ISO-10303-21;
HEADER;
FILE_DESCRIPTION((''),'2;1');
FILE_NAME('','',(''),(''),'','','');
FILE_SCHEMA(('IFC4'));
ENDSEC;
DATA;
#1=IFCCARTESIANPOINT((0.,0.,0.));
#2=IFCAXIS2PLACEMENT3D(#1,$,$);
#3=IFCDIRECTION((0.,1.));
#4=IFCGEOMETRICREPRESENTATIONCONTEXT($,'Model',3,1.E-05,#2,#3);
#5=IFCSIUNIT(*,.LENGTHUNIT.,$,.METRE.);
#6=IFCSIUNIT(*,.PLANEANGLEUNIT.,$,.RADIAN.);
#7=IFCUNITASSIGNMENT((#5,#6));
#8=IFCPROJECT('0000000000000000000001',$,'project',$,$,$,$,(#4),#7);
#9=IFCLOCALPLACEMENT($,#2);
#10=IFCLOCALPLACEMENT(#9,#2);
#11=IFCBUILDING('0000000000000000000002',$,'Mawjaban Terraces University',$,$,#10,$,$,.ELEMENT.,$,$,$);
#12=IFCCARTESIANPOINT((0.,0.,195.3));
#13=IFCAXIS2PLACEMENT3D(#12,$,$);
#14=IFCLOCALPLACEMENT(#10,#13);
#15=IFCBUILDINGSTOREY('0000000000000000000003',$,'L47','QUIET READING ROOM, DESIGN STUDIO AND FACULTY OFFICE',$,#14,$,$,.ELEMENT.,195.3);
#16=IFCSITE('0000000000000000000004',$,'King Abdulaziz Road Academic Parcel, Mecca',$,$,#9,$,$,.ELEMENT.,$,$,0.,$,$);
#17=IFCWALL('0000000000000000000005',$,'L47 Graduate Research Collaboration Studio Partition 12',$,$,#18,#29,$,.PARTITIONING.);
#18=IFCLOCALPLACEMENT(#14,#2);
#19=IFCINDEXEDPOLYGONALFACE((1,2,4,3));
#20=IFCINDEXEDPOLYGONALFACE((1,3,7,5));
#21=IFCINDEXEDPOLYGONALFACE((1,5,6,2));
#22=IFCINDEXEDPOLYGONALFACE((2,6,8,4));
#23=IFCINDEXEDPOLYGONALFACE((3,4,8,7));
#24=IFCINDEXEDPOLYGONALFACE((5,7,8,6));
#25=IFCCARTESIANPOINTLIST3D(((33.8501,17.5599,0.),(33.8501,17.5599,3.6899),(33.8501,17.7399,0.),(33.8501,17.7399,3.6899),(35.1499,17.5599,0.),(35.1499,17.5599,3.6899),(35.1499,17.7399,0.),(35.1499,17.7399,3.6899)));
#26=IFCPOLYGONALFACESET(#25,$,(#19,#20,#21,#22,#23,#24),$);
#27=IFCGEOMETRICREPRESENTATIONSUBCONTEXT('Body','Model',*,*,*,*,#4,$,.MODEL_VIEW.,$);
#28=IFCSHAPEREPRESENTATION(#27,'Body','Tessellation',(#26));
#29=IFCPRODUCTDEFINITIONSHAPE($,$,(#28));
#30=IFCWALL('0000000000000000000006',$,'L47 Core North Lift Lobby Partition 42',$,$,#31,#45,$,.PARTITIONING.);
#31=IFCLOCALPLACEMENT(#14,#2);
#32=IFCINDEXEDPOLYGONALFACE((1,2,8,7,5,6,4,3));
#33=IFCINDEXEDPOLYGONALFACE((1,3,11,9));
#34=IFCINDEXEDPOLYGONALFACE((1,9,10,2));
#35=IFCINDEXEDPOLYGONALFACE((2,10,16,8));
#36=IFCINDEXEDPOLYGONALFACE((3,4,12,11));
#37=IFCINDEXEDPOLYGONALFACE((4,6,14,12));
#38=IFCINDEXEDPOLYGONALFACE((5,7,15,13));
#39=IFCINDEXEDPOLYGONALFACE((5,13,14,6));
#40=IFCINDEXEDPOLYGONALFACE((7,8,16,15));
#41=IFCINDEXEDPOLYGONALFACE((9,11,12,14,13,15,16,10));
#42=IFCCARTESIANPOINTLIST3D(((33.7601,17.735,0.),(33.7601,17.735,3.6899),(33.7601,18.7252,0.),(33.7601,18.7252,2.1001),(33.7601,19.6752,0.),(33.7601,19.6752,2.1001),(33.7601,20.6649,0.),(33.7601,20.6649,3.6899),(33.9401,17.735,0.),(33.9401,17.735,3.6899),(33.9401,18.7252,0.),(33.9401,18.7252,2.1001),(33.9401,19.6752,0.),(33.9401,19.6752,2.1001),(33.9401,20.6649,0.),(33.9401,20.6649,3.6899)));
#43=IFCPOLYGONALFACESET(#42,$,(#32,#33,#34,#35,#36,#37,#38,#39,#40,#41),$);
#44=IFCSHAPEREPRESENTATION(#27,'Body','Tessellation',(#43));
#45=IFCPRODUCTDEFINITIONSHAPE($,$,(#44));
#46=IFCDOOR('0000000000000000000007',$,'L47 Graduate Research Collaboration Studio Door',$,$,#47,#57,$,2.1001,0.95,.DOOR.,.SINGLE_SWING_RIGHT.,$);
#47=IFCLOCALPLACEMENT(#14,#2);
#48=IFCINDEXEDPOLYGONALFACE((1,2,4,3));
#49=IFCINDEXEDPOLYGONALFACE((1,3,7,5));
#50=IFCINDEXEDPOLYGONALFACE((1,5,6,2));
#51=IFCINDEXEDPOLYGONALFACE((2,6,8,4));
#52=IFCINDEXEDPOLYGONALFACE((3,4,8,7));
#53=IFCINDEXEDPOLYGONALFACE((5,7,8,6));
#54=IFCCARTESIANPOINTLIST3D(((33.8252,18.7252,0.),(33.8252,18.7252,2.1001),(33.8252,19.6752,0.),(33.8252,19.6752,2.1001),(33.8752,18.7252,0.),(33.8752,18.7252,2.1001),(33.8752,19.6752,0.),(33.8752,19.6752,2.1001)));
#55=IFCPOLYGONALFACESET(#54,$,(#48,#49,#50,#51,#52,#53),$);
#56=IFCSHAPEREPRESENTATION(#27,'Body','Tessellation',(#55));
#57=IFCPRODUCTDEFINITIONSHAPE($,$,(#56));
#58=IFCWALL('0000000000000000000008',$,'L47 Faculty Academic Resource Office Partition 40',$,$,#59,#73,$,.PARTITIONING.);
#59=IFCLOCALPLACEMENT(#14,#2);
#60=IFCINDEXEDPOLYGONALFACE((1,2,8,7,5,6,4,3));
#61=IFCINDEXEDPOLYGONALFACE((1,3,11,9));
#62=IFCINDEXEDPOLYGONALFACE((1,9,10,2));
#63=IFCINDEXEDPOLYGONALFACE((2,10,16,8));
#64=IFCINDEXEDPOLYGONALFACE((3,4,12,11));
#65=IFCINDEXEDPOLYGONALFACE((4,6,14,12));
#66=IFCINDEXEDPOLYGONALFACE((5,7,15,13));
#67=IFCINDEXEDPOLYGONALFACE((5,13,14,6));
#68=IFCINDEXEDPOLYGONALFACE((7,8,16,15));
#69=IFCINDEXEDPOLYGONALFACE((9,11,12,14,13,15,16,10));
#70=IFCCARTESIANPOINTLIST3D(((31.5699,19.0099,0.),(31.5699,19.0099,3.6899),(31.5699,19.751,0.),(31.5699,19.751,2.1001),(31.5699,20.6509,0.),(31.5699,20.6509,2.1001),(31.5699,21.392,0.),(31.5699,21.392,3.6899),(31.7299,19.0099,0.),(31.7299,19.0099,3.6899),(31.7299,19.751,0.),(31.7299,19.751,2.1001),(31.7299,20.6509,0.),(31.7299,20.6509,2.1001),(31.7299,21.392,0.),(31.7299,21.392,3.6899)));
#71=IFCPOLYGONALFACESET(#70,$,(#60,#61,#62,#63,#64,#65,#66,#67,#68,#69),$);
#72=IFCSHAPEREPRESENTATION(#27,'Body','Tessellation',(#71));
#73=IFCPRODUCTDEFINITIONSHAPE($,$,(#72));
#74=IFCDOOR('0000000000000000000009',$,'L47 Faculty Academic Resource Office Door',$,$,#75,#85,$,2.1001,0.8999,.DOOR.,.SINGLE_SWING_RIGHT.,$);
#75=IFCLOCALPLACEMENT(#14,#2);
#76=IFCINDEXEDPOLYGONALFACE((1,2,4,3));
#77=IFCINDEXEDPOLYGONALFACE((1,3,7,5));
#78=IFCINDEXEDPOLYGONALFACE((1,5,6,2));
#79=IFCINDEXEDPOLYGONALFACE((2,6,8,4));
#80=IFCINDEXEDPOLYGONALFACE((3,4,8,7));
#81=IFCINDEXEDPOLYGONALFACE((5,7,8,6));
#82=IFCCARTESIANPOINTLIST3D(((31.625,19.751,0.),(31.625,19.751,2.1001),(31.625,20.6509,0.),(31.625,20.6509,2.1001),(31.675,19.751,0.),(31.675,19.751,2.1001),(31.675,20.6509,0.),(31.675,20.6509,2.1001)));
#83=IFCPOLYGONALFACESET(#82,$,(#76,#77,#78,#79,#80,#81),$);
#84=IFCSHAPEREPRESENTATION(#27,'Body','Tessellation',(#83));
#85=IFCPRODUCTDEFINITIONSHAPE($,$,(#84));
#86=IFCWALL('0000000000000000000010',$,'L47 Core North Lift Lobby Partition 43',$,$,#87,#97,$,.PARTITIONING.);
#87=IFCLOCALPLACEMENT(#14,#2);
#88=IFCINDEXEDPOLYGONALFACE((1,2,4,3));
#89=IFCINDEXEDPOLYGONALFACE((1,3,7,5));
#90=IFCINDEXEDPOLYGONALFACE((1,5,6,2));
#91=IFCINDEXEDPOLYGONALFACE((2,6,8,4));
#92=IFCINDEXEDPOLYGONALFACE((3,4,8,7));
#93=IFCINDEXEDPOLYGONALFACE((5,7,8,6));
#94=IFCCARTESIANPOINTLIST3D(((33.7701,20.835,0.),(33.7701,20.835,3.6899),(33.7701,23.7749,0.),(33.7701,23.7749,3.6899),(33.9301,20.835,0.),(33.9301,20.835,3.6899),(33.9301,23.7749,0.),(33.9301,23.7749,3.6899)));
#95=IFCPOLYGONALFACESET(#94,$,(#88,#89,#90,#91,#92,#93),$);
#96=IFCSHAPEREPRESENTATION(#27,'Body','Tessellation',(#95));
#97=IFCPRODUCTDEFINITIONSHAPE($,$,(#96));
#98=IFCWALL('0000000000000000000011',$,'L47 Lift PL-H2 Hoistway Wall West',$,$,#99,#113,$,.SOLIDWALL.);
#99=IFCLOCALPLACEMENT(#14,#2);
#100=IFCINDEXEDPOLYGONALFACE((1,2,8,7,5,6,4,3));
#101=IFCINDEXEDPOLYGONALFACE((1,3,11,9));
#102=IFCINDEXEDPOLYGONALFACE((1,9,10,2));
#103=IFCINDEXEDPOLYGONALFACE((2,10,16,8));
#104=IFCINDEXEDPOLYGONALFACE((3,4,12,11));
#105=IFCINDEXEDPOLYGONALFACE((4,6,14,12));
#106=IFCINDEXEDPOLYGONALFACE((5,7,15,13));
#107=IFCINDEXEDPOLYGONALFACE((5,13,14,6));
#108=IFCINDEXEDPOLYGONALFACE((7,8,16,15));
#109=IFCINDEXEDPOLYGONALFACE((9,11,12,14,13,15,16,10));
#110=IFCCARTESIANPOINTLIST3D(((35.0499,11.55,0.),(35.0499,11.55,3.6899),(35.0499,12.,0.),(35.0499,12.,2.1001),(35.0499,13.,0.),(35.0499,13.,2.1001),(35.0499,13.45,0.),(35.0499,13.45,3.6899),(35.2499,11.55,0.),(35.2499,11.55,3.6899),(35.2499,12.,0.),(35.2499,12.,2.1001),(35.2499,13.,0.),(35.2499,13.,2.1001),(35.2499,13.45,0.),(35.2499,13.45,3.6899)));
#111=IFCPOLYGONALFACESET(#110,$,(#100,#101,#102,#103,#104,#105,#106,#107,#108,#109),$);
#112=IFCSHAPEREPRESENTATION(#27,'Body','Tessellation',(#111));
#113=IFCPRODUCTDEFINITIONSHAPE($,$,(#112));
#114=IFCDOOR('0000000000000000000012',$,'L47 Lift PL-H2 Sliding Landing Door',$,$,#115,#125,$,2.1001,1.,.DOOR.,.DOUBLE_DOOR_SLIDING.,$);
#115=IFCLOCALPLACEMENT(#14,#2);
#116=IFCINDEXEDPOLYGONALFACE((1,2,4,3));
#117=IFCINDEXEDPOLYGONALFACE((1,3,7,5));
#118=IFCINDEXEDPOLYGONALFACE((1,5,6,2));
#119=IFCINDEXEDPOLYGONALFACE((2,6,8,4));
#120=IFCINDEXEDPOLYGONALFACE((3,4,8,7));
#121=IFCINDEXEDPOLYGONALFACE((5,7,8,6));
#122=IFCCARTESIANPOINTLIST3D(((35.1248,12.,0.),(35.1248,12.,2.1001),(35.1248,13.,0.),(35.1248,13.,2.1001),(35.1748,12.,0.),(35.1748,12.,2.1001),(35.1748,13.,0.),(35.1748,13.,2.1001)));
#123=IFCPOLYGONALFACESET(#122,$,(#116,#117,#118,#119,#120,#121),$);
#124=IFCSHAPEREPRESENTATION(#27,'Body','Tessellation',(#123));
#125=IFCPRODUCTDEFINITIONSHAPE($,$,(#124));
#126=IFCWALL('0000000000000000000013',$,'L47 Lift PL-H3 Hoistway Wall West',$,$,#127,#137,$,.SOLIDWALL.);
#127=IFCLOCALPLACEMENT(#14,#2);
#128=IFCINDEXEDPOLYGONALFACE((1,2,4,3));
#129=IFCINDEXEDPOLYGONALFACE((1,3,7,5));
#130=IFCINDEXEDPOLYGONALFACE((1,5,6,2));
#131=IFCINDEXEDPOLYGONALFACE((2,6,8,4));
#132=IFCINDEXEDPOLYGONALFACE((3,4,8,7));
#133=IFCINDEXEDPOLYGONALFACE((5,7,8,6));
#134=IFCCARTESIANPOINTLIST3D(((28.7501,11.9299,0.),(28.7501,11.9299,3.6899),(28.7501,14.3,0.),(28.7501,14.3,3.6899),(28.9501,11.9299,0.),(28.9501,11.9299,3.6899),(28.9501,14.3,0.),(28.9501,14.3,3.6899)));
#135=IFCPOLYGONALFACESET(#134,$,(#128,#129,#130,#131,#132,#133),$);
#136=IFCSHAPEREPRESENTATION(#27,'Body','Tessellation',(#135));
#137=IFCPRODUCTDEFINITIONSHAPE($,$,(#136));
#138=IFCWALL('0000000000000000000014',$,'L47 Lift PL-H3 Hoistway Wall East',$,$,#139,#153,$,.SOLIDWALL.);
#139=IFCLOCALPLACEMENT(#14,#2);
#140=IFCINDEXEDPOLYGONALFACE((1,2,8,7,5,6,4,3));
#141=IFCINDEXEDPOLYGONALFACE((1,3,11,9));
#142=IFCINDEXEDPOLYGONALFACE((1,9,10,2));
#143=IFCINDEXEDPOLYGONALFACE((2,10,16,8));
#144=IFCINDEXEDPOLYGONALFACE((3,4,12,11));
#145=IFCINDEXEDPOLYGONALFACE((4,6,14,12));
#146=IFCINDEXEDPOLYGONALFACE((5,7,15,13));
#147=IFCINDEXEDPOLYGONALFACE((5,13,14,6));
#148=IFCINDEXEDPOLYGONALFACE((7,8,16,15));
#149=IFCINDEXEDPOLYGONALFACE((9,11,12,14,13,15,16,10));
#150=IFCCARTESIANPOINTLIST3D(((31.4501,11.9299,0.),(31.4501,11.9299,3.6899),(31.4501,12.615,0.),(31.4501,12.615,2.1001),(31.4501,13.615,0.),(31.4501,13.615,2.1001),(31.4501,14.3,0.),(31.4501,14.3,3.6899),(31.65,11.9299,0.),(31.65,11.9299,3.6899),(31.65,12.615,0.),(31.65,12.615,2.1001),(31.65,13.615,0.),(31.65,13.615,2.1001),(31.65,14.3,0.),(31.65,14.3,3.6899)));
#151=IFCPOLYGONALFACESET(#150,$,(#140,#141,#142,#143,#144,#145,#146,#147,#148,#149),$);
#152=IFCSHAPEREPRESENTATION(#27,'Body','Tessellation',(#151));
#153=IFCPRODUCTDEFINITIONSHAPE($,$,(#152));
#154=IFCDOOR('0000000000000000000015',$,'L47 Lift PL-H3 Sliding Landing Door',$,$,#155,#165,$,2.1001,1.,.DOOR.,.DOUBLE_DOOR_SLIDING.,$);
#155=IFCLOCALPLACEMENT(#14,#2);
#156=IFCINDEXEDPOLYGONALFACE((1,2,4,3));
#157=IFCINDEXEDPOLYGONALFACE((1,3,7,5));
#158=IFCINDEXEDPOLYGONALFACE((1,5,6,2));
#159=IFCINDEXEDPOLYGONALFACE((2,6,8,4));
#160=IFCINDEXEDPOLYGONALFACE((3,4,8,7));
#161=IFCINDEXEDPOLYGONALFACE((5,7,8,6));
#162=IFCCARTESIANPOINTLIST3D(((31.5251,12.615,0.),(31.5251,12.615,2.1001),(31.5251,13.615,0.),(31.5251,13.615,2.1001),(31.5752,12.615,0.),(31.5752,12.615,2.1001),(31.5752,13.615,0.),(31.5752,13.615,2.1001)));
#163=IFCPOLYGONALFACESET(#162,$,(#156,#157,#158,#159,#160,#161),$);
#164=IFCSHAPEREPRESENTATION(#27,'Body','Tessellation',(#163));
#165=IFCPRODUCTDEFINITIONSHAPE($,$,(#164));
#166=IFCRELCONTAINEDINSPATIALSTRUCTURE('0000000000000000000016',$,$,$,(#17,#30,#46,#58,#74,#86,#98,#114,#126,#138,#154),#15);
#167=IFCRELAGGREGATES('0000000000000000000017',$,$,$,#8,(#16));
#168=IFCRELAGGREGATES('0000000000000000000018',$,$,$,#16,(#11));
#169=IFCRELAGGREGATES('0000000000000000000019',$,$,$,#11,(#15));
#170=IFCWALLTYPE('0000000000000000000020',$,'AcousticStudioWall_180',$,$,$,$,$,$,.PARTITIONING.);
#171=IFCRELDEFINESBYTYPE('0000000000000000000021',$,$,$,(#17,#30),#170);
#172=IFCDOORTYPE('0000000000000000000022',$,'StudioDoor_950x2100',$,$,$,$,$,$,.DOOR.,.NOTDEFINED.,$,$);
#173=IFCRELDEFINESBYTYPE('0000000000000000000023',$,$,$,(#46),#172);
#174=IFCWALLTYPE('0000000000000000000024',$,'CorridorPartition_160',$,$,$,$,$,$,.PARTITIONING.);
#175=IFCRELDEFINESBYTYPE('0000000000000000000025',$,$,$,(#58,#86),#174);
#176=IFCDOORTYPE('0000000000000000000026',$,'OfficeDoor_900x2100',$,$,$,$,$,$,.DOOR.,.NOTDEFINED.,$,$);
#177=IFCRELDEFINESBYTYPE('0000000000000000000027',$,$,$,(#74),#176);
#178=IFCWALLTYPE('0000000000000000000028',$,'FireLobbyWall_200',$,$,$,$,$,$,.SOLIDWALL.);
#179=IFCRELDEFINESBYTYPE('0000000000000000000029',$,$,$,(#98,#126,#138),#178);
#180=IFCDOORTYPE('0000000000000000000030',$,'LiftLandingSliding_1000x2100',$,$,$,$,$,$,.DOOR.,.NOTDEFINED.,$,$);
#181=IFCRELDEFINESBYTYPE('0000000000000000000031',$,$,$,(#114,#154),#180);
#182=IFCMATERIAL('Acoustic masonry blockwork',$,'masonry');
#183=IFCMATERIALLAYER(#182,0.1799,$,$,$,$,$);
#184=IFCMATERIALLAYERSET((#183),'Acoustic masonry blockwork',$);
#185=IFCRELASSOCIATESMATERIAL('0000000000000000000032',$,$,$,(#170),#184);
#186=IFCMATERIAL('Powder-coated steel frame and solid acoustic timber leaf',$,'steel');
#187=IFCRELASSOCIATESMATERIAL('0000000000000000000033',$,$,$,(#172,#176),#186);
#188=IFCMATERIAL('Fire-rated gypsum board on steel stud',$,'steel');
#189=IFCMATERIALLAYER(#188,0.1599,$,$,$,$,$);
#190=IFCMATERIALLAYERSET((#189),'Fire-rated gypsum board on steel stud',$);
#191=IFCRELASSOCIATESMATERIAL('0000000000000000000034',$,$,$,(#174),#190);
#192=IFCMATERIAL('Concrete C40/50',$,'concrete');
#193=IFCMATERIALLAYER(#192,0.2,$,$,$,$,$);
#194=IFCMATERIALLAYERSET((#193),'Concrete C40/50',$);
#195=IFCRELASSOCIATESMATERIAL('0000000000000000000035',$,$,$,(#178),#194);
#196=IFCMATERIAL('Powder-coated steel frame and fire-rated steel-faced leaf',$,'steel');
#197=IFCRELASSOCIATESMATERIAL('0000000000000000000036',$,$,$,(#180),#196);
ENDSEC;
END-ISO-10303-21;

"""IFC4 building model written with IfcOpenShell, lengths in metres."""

from ifc_helpers import new_model, si_unit, direction, frame, frame_2d, origin, place, context, subcontext, project, spatial, rectangle, extrude, material, layer, layer_set, type_object, element, fill, save


model = new_model("IFC4")

# Units and contexts
model_context = context("Model", 3, precision=1e-05, world=origin(), true_north=direction((0.0, 1.0)))
body_context = subcontext(model_context, "Body", "Model", "MODEL_VIEW")
ifc_project = project(units=[si_unit("LENGTHUNIT", "METRE"), si_unit("PLANEANGLEUNIT", "RADIAN")], contexts=[model_context])

# Site, building, storey
site_placement = place(None, origin())
site = spatial("IfcSite", under=ifc_project, at=site_placement, Name="King Abdulaziz Road Academic Parcel, Mecca", CompositionType="ELEMENT", RefElevation=0.0)
building_placement = place(site_placement, origin())
building = spatial("IfcBuilding", under=site, at=building_placement, Name="Mawjaban Terraces University", CompositionType="ELEMENT")
storey_placement = place(building_placement, frame((0.0, 0.0, 195.3)))
storey = spatial("IfcBuildingStorey", under=building, at=storey_placement, Name="L47", Description="QUIET READING ROOM, DESIGN STUDIO AND FACULTY OFFICE", CompositionType="ELEMENT", Elevation=195.3)

# Wall
ifc_material_1 = material(Name="Acoustic masonry blockwork", Category="masonry")
ifc_layer_1 = layer(ifc_material_1, 0.1799)
ifc_layer_set_1 = layer_set([ifc_layer_1], Name="Acoustic masonry blockwork")
wall_type_1 = type_object("IfcWallType", Name="AcousticStudioWall_180", PredefinedType="PARTITIONING", material=ifc_layer_set_1)
wall_1_placement = place(storey_placement, frame((33.8501, 17.6499, 0.0), z_axis=(0.0, 0.0, 1.0), x_axis=(1.0, 0.0, 0.0)))
element("IfcWall", 1, at=wall_1_placement, inside=storey, type_object=wall_type_1, Name="L47 Graduate Research Collaboration Studio Partition 12", PredefinedType="PARTITIONING", context=body_context, shape_type="SweptSolid", body=[
    extrude(rectangle(XDim=1.2998, YDim=0.1799, at=frame_2d((0.6499, 0.0))), origin(), (0.0, 0.0, 1.0), 3.6899),
])

# Walls, openings, doors
wall_2_placement = place(storey_placement, frame((33.8501, 17.7351, 0.0), z_axis=(0.0, 0.0, 1.0), x_axis=(0.0, 1.0, 0.0)))
wall_2 = element("IfcWall", 2, at=wall_2_placement, inside=storey, type_object=wall_type_1, Name="L47 Core North Lift Lobby Partition 42", PredefinedType="PARTITIONING", context=body_context, shape_type="SweptSolid", body=[
    extrude(rectangle(XDim=2.9299, YDim=0.1799, at=frame_2d((1.4648, 0.0))), origin(), (0.0, 0.0, 1.0), 3.6899),
])
opening_1_placement = place(wall_2_placement, frame((0.99, 0.0, 0.0)))
opening_1 = element("IfcOpeningElement", 3, at=opening_1_placement, cuts=wall_2, PredefinedType="OPENING", context=body_context, shape_type="SweptSolid", body=[
    extrude(rectangle(XDim=0.95, YDim=2.1001, at=frame_2d((0.4751, 1.05))), frame((0.0, 0.0999, 0.0), z_axis=(0.0, -1.0, 0.0), x_axis=(1.0, 0.0, 0.0)), (0.0, 0.0, 1.0), 0.2),
])
ifc_material_2 = material(Name="Powder-coated steel frame and solid acoustic timber leaf", Category="steel")
door_type_1 = type_object("IfcDoorType", Name="StudioDoor_950x2100", OperationType="NOTDEFINED", PredefinedType="DOOR", material=ifc_material_2)
door_1_placement = place(opening_1_placement, origin())
door_1 = element("IfcDoor", 4, at=door_1_placement, inside=storey, type_object=door_type_1, Name="L47 Graduate Research Collaboration Studio Door", OperationType="SINGLE_SWING_RIGHT", OverallHeight=2.1001, OverallWidth=0.95, PredefinedType="DOOR", context=body_context, shape_type="SweptSolid", body=[
    extrude(rectangle(XDim=0.95, YDim=2.1001, at=frame_2d((0.4751, 1.05))), frame((0.0, 0.0249, 0.0), z_axis=(0.0, -1.0, 0.0), x_axis=(1.0, 0.0, 0.0)), (0.0, 0.0, 1.0), 0.05),
])
fill(opening_1, door_1)
ifc_material_3 = material(Name="Fire-rated gypsum board on steel stud", Category="steel")
ifc_layer_2 = layer(ifc_material_3, 0.1599)
ifc_layer_set_2 = layer_set([ifc_layer_2], Name="Fire-rated gypsum board on steel stud")
wall_type_2 = type_object("IfcWallType", Name="CorridorPartition_160", PredefinedType="PARTITIONING", material=ifc_layer_set_2)
wall_3_placement = place(storey_placement, frame((31.6499, 19.01, 0.0), z_axis=(0.0, 0.0, 1.0), x_axis=(0.0, 1.0, 0.0)))
wall_3 = element("IfcWall", 5, at=wall_3_placement, inside=storey, type_object=wall_type_2, Name="L47 Faculty Academic Resource Office Partition 40", PredefinedType="PARTITIONING", context=body_context, shape_type="SweptSolid", body=[
    extrude(rectangle(XDim=2.3821, YDim=0.1599, at=frame_2d((1.1909, 0.0))), origin(), (0.0, 0.0, 1.0), 3.6899),
])
opening_2_placement = place(wall_3_placement, frame((0.741, 0.0, 0.0)))
opening_2 = element("IfcOpeningElement", 6, at=opening_2_placement, cuts=wall_3, PredefinedType="OPENING", context=body_context, shape_type="SweptSolid", body=[
    extrude(rectangle(XDim=0.8999, YDim=2.1001, at=frame_2d((0.45, 1.05))), frame((0.0, 0.0898, 0.0), z_axis=(0.0, -1.0, 0.0), x_axis=(1.0, 0.0, 0.0)), (0.0, 0.0, 1.0), 0.1799),
])
door_type_2 = type_object("IfcDoorType", Name="OfficeDoor_900x2100", OperationType="NOTDEFINED", PredefinedType="DOOR", material=ifc_material_2)
door_2_placement = place(opening_2_placement, origin())
door_2 = element("IfcDoor", 7, at=door_2_placement, inside=storey, type_object=door_type_2, Name="L47 Faculty Academic Resource Office Door", OperationType="SINGLE_SWING_RIGHT", OverallHeight=2.1001, OverallWidth=0.8999, PredefinedType="DOOR", context=body_context, shape_type="SweptSolid", body=[
    extrude(rectangle(XDim=0.8999, YDim=2.1001, at=frame_2d((0.45, 1.05))), frame((0.0, 0.0249, 0.0), z_axis=(0.0, -1.0, 0.0), x_axis=(1.0, 0.0, 0.0)), (0.0, 0.0, 1.0), 0.05),
])
fill(opening_2, door_2)

# Wall
wall_4_placement = place(storey_placement, frame((33.8501, 20.835, 0.0), z_axis=(0.0, 0.0, 1.0), x_axis=(0.0, 1.0, 0.0)))
element("IfcWall", 8, at=wall_4_placement, inside=storey, type_object=wall_type_2, Name="L47 Core North Lift Lobby Partition 43", PredefinedType="PARTITIONING", context=body_context, shape_type="SweptSolid", body=[
    extrude(rectangle(XDim=2.9399, YDim=0.1599, at=frame_2d((1.47, 0.0))), origin(), (0.0, 0.0, 1.0), 3.6899),
])

# Wall, opening, door
ifc_material_4 = material(Name="Concrete C40/50", Category="concrete")
ifc_layer_3 = layer(ifc_material_4, 0.2)
ifc_layer_set_3 = layer_set([ifc_layer_3], Name="Concrete C40/50")
wall_type_3 = type_object("IfcWallType", Name="FireLobbyWall_200", PredefinedType="SOLIDWALL", material=ifc_layer_set_3)
wall_5_placement = place(storey_placement, frame((35.1499, 13.45, 0.0), z_axis=(0.0, 0.0, 1.0), x_axis=(0.0, -1.0, 0.0)))
wall_5 = element("IfcWall", 9, at=wall_5_placement, inside=storey, type_object=wall_type_3, Name="L47 Lift PL-H2 Hoistway Wall West", PredefinedType="SOLIDWALL", context=body_context, shape_type="SweptSolid", body=[
    extrude(rectangle(XDim=1.8999, YDim=0.2, at=frame_2d((0.95, 0.0))), origin(), (0.0, 0.0, 1.0), 3.6899),
])
opening_3_placement = place(wall_5_placement, frame((0.45, 0.0, 0.0)))
opening_3 = element("IfcOpeningElement", 10, at=opening_3_placement, cuts=wall_5, PredefinedType="OPENING", context=body_context, shape_type="SweptSolid", body=[
    extrude(rectangle(XDim=1.0, YDim=2.1001, at=frame_2d((0.5, 1.05))), frame((0.0, 0.1099, 0.0), z_axis=(0.0, -1.0, 0.0), x_axis=(1.0, 0.0, 0.0)), (0.0, 0.0, 1.0), 0.22),
])
ifc_material_5 = material(Name="Powder-coated steel frame and fire-rated steel-faced leaf", Category="steel")
door_type_3 = type_object("IfcDoorType", Name="LiftLandingSliding_1000x2100", OperationType="NOTDEFINED", PredefinedType="DOOR", material=ifc_material_5)
door_3_placement = place(opening_3_placement, origin())
door_3 = element("IfcDoor", 11, at=door_3_placement, inside=storey, type_object=door_type_3, Name="L47 Lift PL-H2 Sliding Landing Door", OperationType="DOUBLE_DOOR_SLIDING", OverallHeight=2.1001, OverallWidth=1.0, PredefinedType="DOOR", context=body_context, shape_type="SweptSolid", body=[
    extrude(rectangle(XDim=1.0, YDim=2.1001, at=frame_2d((0.5, 1.05))), frame((0.0, 0.0249, 0.0), z_axis=(0.0, -1.0, 0.0), x_axis=(1.0, 0.0, 0.0)), (0.0, 0.0, 1.0), 0.05),
])
fill(opening_3, door_3)

# Wall
wall_6_placement = place(storey_placement, frame((28.8501, 14.3, 0.0), z_axis=(0.0, 0.0, 1.0), x_axis=(0.0, -1.0, 0.0)))
element("IfcWall", 12, at=wall_6_placement, inside=storey, type_object=wall_type_3, Name="L47 Lift PL-H3 Hoistway Wall West", PredefinedType="SOLIDWALL", context=body_context, shape_type="SweptSolid", body=[
    extrude(rectangle(XDim=2.3701, YDim=0.2, at=frame_2d((1.1851, 0.0))), origin(), (0.0, 0.0, 1.0), 3.6899),
])

# Wall, opening, door
wall_7_placement = place(storey_placement, frame((31.55, 11.9299, 0.0), z_axis=(0.0, 0.0, 1.0), x_axis=(0.0, 1.0, 0.0)))
wall_7 = element("IfcWall", 13, at=wall_7_placement, inside=storey, type_object=wall_type_3, Name="L47 Lift PL-H3 Hoistway Wall East", PredefinedType="SOLIDWALL", context=body_context, shape_type="SweptSolid", body=[
    extrude(rectangle(XDim=2.3701, YDim=0.2, at=frame_2d((1.1851, 0.0))), origin(), (0.0, 0.0, 1.0), 3.6899),
])
opening_4_placement = place(wall_7_placement, frame((0.6851, 0.0, 0.0)))
opening_4 = element("IfcOpeningElement", 14, at=opening_4_placement, cuts=wall_7, PredefinedType="OPENING", context=body_context, shape_type="SweptSolid", body=[
    extrude(rectangle(XDim=1.0, YDim=2.1001, at=frame_2d((0.5, 1.05))), frame((0.0, 0.1099, 0.0), z_axis=(0.0, -1.0, 0.0), x_axis=(1.0, 0.0, 0.0)), (0.0, 0.0, 1.0), 0.22),
])
door_4_placement = place(opening_4_placement, origin())
door_4 = element("IfcDoor", 15, at=door_4_placement, inside=storey, type_object=door_type_3, Name="L47 Lift PL-H3 Sliding Landing Door", OperationType="DOUBLE_DOOR_SLIDING", OverallHeight=2.1001, OverallWidth=1.0, PredefinedType="DOOR", context=body_context, shape_type="SweptSolid", body=[
    extrude(rectangle(XDim=1.0, YDim=2.1001, at=frame_2d((0.5, 1.05))), frame((0.0, 0.0249, 0.0), z_axis=(0.0, -1.0, 0.0), x_axis=(1.0, 0.0, 0.0)), (0.0, 0.0, 1.0), 0.05),
])
fill(opening_4, door_4)

save(model, "model.ifc")
